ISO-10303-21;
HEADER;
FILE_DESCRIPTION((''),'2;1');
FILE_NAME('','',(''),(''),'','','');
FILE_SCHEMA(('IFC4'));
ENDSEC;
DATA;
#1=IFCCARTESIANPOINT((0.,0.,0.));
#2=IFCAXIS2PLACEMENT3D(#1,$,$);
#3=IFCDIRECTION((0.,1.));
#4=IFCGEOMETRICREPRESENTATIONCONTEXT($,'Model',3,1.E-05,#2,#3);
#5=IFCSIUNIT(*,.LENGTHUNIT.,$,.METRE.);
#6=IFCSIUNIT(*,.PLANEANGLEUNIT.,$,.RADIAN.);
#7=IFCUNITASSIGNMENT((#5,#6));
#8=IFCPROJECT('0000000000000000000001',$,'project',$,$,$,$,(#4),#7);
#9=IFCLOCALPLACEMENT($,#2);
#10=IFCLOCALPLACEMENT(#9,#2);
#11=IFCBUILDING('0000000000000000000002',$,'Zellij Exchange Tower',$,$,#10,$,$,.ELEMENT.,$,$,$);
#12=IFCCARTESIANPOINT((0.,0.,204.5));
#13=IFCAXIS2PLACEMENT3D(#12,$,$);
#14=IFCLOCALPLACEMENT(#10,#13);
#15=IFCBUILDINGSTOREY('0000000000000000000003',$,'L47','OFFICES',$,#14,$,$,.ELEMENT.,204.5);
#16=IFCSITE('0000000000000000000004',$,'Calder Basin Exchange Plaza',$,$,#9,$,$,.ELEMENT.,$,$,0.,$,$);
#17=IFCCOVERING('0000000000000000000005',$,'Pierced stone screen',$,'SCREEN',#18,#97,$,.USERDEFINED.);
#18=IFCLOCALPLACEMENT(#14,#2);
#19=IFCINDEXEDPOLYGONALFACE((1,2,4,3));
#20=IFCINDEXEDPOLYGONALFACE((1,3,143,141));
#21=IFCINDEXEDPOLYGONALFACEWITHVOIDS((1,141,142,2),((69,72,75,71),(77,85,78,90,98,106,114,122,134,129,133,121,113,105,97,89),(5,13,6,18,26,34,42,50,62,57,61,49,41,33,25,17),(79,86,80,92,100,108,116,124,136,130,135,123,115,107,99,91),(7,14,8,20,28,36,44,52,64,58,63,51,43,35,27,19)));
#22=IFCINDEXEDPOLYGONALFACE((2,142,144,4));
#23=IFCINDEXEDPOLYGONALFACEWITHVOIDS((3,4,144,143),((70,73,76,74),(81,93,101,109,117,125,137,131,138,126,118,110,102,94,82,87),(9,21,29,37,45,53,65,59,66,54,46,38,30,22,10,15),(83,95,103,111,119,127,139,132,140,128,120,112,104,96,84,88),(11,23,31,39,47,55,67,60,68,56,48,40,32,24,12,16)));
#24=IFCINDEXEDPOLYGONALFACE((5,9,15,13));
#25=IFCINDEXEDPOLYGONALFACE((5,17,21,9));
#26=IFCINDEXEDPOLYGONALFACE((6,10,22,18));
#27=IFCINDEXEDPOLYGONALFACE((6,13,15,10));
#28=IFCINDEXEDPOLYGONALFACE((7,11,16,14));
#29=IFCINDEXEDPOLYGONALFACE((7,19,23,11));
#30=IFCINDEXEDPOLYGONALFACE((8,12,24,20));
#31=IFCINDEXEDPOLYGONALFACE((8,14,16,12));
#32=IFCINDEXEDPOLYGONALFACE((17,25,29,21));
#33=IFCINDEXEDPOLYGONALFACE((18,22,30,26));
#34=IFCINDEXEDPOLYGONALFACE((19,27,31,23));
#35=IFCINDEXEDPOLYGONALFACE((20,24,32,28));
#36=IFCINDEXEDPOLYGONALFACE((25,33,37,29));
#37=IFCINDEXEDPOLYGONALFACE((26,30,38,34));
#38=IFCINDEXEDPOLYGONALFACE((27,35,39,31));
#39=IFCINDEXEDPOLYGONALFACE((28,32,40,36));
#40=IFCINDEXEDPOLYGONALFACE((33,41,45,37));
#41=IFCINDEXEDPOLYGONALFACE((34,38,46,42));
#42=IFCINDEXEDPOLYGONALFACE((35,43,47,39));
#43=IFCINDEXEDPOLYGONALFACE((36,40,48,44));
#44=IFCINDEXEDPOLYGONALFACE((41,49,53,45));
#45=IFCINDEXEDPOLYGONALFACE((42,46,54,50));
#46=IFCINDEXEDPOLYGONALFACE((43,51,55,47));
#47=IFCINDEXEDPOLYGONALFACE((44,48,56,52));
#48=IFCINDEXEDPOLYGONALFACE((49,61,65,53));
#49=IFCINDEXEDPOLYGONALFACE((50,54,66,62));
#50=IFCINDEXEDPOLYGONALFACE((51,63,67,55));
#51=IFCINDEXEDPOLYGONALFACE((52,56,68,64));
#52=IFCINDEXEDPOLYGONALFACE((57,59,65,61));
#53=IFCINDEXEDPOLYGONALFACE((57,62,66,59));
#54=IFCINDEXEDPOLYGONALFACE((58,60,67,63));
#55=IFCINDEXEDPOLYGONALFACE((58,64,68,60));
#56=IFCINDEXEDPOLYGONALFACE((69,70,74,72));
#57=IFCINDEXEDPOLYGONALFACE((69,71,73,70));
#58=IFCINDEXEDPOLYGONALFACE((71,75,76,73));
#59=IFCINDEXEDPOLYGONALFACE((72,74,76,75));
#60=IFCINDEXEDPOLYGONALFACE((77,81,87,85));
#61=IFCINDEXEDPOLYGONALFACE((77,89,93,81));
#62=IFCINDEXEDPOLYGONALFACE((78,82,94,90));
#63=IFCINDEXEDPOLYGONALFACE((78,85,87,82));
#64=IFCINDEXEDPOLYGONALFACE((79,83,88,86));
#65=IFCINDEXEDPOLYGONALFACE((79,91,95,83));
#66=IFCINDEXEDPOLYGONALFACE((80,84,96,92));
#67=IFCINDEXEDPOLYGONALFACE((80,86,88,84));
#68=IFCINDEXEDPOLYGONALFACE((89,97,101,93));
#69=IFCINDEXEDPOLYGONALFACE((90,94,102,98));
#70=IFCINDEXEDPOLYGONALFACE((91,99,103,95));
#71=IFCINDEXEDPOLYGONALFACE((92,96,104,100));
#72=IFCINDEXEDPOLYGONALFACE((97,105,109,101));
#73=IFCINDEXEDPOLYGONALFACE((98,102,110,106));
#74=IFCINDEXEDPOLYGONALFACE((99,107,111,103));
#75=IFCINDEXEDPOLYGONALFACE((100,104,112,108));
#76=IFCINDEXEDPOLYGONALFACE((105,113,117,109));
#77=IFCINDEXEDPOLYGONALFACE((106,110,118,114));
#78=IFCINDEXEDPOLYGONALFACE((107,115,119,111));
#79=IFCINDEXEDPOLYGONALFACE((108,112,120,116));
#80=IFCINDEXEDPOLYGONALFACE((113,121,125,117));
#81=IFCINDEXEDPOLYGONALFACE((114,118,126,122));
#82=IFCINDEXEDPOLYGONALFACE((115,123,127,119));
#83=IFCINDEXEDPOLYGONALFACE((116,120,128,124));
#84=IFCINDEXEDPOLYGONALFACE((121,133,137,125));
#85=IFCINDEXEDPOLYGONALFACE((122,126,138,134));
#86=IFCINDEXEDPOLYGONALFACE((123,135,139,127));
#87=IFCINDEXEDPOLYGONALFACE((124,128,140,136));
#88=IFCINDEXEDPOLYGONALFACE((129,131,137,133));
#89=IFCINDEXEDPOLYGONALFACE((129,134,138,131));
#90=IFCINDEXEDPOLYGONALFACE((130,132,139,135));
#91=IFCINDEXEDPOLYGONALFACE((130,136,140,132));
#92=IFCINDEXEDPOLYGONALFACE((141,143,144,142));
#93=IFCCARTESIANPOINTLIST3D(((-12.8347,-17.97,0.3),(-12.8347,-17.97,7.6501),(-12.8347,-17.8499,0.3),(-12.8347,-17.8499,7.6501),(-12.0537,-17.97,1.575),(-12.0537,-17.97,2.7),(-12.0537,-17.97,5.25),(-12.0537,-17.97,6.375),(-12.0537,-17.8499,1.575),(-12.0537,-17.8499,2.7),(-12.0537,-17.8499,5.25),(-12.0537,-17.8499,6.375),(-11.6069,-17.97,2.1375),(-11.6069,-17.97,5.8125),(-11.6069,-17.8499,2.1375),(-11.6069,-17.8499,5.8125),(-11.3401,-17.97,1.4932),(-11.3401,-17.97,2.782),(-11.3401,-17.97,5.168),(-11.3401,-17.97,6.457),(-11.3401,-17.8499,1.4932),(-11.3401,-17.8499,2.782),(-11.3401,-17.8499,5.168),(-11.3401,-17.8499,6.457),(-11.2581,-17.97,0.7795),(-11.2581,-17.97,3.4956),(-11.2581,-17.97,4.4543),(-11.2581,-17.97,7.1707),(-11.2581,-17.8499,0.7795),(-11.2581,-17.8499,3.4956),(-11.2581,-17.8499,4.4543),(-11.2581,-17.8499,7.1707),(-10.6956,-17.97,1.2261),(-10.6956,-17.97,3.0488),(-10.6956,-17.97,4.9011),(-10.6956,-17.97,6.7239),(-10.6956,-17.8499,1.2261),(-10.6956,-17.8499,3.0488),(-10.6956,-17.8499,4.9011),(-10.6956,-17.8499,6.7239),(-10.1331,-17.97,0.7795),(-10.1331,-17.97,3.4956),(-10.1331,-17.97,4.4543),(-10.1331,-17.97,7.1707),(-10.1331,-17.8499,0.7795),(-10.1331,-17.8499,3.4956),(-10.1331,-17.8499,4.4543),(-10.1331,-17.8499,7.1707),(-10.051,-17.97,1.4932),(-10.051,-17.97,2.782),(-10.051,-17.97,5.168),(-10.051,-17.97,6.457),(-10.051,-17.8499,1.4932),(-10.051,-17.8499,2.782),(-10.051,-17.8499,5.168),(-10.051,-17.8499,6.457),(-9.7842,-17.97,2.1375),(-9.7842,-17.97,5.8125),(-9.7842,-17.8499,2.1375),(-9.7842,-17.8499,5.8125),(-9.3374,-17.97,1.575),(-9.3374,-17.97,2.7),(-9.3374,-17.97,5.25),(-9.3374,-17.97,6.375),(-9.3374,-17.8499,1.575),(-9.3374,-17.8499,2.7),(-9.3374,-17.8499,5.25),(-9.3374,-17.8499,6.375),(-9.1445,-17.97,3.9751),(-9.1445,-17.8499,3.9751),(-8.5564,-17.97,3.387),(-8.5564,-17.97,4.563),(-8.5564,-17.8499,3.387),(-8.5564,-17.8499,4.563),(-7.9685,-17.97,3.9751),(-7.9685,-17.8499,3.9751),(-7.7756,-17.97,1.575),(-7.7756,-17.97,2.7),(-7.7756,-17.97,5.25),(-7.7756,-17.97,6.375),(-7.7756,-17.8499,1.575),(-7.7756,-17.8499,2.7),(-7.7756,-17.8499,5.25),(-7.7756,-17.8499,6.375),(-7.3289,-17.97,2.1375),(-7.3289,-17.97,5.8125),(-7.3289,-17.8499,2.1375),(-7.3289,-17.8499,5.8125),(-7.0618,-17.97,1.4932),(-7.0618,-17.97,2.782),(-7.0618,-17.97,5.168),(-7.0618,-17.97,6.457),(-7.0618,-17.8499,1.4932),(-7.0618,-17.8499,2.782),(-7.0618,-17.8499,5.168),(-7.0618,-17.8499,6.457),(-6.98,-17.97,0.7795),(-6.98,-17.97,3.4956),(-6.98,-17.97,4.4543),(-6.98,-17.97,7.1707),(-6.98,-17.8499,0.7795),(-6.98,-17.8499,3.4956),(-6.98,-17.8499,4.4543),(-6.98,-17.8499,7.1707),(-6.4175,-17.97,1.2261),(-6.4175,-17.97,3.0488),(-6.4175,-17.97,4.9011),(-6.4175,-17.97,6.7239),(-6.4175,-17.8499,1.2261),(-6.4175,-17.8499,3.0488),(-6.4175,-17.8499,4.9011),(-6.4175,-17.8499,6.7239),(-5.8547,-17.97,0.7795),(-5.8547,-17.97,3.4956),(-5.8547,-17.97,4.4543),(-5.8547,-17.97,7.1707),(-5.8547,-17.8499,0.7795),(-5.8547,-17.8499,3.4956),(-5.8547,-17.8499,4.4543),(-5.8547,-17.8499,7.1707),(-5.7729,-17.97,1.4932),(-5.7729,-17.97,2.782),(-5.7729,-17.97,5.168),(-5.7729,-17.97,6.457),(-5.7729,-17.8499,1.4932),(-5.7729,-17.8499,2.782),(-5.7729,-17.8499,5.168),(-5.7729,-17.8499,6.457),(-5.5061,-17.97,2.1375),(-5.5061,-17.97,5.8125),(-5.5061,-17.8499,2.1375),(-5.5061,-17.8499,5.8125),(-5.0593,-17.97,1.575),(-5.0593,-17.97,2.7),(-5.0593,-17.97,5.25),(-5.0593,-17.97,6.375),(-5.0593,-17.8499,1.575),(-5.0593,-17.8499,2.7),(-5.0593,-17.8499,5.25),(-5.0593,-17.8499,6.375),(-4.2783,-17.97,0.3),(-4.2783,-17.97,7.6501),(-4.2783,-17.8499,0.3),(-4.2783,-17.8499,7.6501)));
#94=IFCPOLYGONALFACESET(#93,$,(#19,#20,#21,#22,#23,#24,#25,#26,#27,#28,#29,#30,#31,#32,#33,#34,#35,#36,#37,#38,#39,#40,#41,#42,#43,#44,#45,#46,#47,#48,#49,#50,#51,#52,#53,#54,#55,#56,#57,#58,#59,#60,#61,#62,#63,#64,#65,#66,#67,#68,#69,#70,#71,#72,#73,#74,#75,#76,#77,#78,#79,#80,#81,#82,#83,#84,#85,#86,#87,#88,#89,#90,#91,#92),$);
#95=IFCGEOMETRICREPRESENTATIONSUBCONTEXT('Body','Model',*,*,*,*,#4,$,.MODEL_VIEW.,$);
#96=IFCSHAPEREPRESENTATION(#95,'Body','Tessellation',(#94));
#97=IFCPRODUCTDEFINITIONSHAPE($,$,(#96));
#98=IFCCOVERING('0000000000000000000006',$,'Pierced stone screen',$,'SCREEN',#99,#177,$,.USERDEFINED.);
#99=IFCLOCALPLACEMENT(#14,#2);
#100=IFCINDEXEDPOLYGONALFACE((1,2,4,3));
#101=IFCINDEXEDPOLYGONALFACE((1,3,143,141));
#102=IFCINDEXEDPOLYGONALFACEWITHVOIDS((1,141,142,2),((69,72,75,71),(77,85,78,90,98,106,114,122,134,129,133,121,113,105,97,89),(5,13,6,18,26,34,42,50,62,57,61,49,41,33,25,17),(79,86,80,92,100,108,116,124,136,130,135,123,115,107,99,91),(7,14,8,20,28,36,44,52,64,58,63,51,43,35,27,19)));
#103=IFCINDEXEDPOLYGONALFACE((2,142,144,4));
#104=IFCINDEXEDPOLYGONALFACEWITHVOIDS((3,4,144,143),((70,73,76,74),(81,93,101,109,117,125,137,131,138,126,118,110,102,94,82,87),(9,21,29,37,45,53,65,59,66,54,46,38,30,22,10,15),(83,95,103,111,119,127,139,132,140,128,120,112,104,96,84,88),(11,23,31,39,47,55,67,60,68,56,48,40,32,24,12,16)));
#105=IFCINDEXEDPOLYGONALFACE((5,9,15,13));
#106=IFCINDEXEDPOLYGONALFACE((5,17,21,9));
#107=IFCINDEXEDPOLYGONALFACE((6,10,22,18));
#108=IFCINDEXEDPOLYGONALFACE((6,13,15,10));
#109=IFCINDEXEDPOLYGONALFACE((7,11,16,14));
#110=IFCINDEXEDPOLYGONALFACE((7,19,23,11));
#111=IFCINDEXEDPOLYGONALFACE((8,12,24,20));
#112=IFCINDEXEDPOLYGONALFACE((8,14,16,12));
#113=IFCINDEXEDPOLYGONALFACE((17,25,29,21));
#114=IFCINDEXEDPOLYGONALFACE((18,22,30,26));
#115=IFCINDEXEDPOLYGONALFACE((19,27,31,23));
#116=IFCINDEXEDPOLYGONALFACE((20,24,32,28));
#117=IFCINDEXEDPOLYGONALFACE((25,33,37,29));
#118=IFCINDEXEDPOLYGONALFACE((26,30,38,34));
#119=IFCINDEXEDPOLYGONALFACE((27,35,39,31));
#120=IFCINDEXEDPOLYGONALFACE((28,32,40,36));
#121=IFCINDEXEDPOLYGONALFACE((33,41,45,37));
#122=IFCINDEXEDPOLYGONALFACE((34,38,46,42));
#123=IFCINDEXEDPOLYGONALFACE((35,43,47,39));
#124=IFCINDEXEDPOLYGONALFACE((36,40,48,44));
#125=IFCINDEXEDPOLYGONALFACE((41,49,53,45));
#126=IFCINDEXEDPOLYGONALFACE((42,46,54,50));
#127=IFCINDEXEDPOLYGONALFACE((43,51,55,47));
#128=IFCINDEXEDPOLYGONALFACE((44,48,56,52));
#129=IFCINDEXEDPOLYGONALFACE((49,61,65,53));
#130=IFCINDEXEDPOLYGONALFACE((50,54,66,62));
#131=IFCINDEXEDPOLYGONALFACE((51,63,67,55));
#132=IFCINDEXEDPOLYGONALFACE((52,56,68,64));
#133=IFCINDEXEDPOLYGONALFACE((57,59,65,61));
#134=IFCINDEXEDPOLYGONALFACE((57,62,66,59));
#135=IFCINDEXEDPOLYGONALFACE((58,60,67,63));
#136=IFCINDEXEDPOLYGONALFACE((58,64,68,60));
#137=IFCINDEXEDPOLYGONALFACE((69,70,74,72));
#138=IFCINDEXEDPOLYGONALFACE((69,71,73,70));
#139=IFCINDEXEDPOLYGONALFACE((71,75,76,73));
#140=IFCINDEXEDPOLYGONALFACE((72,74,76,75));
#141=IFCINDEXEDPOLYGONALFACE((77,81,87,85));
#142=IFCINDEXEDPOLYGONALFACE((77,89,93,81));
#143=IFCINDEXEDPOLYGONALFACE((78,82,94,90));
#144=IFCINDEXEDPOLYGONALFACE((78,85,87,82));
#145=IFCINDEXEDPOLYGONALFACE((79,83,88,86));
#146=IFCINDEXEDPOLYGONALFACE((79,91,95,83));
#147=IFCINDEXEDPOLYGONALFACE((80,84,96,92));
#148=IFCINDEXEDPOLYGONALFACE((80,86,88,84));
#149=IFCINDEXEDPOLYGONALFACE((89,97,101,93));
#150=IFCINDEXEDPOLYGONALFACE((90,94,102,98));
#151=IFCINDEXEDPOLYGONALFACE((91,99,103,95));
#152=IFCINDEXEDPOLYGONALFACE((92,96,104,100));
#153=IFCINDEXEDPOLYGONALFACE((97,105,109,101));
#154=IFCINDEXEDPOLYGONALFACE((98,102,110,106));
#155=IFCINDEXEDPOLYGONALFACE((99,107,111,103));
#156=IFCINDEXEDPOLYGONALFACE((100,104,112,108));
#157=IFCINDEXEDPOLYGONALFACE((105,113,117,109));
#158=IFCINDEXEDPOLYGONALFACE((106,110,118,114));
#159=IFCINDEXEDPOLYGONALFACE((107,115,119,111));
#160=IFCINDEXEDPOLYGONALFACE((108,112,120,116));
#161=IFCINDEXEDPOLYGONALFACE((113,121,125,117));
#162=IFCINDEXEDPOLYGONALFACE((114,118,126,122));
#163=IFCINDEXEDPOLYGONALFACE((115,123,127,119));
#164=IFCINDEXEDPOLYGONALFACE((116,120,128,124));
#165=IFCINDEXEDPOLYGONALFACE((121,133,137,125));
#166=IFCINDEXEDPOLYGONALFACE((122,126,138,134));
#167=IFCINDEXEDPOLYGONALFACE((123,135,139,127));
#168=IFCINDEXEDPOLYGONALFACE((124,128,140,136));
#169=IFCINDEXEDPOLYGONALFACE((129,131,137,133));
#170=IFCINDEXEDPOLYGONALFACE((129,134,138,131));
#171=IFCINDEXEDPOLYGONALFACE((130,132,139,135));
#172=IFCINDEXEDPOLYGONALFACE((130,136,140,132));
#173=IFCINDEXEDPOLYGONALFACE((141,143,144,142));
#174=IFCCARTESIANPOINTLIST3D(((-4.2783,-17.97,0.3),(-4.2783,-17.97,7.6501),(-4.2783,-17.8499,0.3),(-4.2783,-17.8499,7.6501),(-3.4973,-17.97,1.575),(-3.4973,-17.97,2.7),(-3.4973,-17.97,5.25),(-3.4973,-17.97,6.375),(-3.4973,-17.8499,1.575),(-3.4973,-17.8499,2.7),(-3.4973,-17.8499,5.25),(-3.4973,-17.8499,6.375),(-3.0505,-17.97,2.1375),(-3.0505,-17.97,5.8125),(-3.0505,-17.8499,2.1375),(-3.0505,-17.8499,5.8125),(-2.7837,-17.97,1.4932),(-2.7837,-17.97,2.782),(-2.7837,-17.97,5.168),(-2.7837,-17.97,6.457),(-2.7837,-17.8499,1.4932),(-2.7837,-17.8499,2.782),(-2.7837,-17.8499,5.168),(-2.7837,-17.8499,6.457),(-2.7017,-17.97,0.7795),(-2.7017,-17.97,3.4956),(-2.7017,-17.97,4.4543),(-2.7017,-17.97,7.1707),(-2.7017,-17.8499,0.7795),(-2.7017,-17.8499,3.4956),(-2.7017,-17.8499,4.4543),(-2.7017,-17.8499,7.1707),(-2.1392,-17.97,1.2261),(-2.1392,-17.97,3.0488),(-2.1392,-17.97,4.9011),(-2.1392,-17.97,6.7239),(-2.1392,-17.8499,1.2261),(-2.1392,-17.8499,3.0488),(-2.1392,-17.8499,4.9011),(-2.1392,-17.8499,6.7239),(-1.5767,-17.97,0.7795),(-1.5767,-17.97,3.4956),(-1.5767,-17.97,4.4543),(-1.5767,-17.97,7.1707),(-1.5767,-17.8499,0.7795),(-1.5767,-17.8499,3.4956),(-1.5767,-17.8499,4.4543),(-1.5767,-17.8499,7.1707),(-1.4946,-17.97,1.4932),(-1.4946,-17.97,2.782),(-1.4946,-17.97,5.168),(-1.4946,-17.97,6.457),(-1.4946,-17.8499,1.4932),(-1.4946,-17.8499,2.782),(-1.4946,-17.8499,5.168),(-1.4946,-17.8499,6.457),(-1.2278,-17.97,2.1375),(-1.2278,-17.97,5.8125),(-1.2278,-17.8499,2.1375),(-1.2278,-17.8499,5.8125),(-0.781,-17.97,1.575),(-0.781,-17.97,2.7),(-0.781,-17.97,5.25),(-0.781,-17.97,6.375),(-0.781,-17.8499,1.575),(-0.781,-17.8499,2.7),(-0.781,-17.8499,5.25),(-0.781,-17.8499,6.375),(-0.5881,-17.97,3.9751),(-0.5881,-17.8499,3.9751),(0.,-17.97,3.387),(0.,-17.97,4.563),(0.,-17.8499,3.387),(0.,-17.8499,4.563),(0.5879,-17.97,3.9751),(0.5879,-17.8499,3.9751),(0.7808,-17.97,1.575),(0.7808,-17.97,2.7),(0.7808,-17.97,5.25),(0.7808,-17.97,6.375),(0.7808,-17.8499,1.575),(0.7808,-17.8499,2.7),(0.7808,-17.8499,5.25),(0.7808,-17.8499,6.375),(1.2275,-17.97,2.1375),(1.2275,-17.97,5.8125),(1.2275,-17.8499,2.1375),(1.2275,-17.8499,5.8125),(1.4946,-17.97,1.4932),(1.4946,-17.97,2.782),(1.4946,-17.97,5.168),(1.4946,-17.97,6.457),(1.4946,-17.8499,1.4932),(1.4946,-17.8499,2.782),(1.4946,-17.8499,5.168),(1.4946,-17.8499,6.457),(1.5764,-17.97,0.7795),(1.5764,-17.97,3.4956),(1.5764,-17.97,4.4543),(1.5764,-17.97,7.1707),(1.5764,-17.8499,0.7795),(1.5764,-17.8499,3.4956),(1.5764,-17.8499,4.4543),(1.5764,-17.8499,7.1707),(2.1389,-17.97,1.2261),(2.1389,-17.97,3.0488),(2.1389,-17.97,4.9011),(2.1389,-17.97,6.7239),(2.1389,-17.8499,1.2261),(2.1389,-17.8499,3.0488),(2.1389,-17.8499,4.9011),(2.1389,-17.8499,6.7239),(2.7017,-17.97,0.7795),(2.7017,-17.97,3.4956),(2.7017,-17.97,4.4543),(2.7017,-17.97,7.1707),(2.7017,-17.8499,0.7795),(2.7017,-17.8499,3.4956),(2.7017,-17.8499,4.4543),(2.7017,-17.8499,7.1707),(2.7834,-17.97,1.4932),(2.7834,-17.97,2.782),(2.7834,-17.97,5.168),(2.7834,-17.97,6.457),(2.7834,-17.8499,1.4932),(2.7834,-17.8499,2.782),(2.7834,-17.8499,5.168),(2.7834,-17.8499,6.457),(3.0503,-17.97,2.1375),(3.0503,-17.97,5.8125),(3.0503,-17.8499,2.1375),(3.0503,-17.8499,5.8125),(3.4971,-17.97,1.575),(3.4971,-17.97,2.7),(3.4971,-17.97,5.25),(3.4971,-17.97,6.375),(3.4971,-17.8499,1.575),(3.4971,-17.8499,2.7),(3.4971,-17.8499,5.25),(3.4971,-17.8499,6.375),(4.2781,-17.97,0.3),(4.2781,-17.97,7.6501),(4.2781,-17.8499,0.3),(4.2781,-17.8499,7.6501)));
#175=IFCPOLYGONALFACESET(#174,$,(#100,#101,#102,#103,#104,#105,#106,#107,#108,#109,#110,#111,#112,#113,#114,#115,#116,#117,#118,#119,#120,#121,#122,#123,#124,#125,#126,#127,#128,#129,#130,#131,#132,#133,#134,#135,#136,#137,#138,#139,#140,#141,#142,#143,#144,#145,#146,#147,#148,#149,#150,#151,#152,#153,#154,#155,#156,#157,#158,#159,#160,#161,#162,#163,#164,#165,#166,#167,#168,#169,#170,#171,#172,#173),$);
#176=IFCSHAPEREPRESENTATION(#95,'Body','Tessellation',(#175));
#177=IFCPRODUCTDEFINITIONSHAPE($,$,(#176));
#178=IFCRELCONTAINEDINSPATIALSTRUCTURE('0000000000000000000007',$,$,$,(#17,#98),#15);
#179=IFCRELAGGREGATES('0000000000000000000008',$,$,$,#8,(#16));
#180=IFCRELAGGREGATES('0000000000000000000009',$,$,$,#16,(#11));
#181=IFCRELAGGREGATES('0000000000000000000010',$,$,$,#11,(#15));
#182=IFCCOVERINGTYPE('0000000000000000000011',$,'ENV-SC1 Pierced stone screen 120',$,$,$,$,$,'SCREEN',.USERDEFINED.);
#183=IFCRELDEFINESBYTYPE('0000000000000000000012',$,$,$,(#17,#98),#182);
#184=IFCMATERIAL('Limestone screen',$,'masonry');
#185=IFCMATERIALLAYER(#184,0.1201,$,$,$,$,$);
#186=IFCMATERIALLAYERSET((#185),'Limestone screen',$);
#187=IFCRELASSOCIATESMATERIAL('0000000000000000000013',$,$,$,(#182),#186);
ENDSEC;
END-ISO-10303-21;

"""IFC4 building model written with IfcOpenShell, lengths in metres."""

from ifc_helpers import new_model, si_unit, direction, frame, origin, place, context, subcontext, project, spatial, polyline, outline, extrude, material, layer, layer_set, type_object, element, save


model = new_model("IFC4")

# Units and contexts
model_context = context("Model", 3, precision=1e-05, world=origin(), true_north=direction((0.0, 1.0)))
body_context = subcontext(model_context, "Body", "Model", "MODEL_VIEW")
ifc_project = project(units=[si_unit("LENGTHUNIT", "METRE"), si_unit("PLANEANGLEUNIT", "RADIAN")], contexts=[model_context])

# Site, building, storey
site_placement = place(None, origin())
site = spatial("IfcSite", under=ifc_project, at=site_placement, Name="Calder Basin Exchange Plaza", CompositionType="ELEMENT", RefElevation=0.0)
building_placement = place(site_placement, origin())
building = spatial("IfcBuilding", under=site, at=building_placement, Name="Zellij Exchange Tower", CompositionType="ELEMENT")
storey_placement = place(building_placement, frame((0.0, 0.0, 204.5)))
storey = spatial("IfcBuildingStorey", under=building, at=storey_placement, Name="L47", Description="OFFICES", CompositionType="ELEMENT", Elevation=204.5)

# Coverings
ifc_material_1 = material(Name="Limestone screen", Category="masonry")
ifc_layer_1 = layer(ifc_material_1, 0.1201)
ifc_layer_set_1 = layer_set([ifc_layer_1], Name="Limestone screen")
covering_type = type_object("IfcCoveringType", Name="ENV-SC1 Pierced stone screen 120", ElementType="SCREEN", PredefinedType="USERDEFINED", material=ifc_layer_set_1)
covering_1_placement = place(storey_placement, frame((-12.8347, -17.9099, 0.3), z_axis=(0.0, 0.0, 1.0), x_axis=(1.0, 0.0, 0.0)))
element("IfcCovering", 1, at=covering_1_placement, inside=storey, type_object=covering_type, Name="Pierced stone screen", ObjectType="SCREEN", PredefinedType="USERDEFINED", context=body_context, shape_type="SweptSolid", body=[
    extrude(outline(polyline([(0.0, 0.0), (8.5564, 0.0), (8.5564, 7.3501), (0.0, 7.3501), (0.0, 0.0)]), holes=[polyline([(3.4973, 2.3999), (2.7837, 2.4819), (2.7017, 3.1956), (2.1392, 2.7488), (1.5767, 3.1956), (1.4946, 2.4819), (0.781, 2.3999), (1.2278, 1.8374), (0.781, 1.2749), (1.4946, 1.1931), (1.5767, 0.4795), (2.1392, 0.926), (2.7017, 0.4795), (2.7837, 1.1931), (3.4973, 1.2749), (3.0505, 1.8374), (3.4973, 2.3999)]), polyline([(3.4973, 6.075), (2.7837, 6.157), (2.7017, 6.8706), (2.1392, 6.4238), (1.5767, 6.8706), (1.4946, 6.157), (0.781, 6.075), (1.2278, 5.5125), (0.781, 4.95), (1.4946, 4.8679), (1.5767, 4.1543), (2.1392, 4.6011), (2.7017, 4.1543), (2.7837, 4.8679), (3.4973, 4.95), (3.0505, 5.5125), (3.4973, 6.075)]), polyline([(7.7754, 2.3999), (7.0618, 2.4819), (6.98, 3.1956), (6.4172, 2.7488), (5.8547, 3.1956), (5.7729, 2.4819), (5.0591, 2.3999), (5.5059, 1.8374), (5.0591, 1.2749), (5.7729, 1.1931), (5.8547, 0.4795), (6.4172, 0.926), (6.98, 0.4795), (7.0618, 1.1931), (7.7754, 1.2749), (7.3286, 1.8374), (7.7754, 2.3999)]), polyline([(7.7754, 6.075), (7.0618, 6.157), (6.98, 6.8706), (6.4172, 6.4238), (5.8547, 6.8706), (5.7729, 6.157), (5.0591, 6.075), (5.5059, 5.5125), (5.0591, 4.95), (5.7729, 4.8679), (5.8547, 4.1543), (6.4172, 4.6011), (6.98, 4.1543), (7.0618, 4.8679), (7.7754, 4.95), (7.3286, 5.5125), (7.7754, 6.075)]), polyline([(4.8662, 3.675), (4.2783, 4.2629), (3.6902, 3.675), (4.2783, 3.0869), (4.8662, 3.675)])]), frame((0.0, 0.0601, 0.0), z_axis=(0.0, -1.0, 0.0), x_axis=(1.0, 0.0, 0.0)), (0.0, 0.0, 1.0), 0.1201),
])
covering_2_placement = place(storey_placement, frame((-4.2783, -17.9099, 0.3), z_axis=(0.0, 0.0, 1.0), x_axis=(1.0, 0.0, 0.0)))
element("IfcCovering", 2, at=covering_2_placement, inside=storey, type_object=covering_type, Name="Pierced stone screen", ObjectType="SCREEN", PredefinedType="USERDEFINED", context=body_context, shape_type="SweptSolid", body=[
    extrude(outline(polyline([(0.0, 0.0), (8.5564, 0.0), (8.5564, 7.3501), (0.0, 7.3501), (0.0, 0.0)]), holes=[polyline([(3.4973, 2.3999), (2.7837, 2.4819), (2.7017, 3.1956), (2.1392, 2.7488), (1.5767, 3.1956), (1.4946, 2.4819), (0.781, 2.3999), (1.2278, 1.8374), (0.781, 1.2749), (1.4946, 1.1931), (1.5767, 0.4795), (2.1392, 0.926), (2.7017, 0.4795), (2.7837, 1.1931), (3.4973, 1.2749), (3.0505, 1.8374), (3.4973, 2.3999)]), polyline([(3.4973, 6.075), (2.7837, 6.157), (2.7017, 6.8706), (2.1392, 6.4238), (1.5767, 6.8706), (1.4946, 6.157), (0.781, 6.075), (1.2278, 5.5125), (0.781, 4.95), (1.4946, 4.8679), (1.5767, 4.1543), (2.1392, 4.6011), (2.7017, 4.1543), (2.7837, 4.8679), (3.4973, 4.95), (3.0505, 5.5125), (3.4973, 6.075)]), polyline([(7.7754, 2.3999), (7.0618, 2.4819), (6.98, 3.1956), (6.4172, 2.7488), (5.8547, 3.1956), (5.7729, 2.4819), (5.0591, 2.3999), (5.5059, 1.8374), (5.0591, 1.2749), (5.7729, 1.1931), (5.8547, 0.4795), (6.4172, 0.926), (6.98, 0.4795), (7.0618, 1.1931), (7.7754, 1.2749), (7.3286, 1.8374), (7.7754, 2.3999)]), polyline([(7.7754, 6.075), (7.0618, 6.157), (6.98, 6.8706), (6.4172, 6.4238), (5.8547, 6.8706), (5.7729, 6.157), (5.0591, 6.075), (5.5059, 5.5125), (5.0591, 4.95), (5.7729, 4.8679), (5.8547, 4.1543), (6.4172, 4.6011), (6.98, 4.1543), (7.0618, 4.8679), (7.7754, 4.95), (7.3286, 5.5125), (7.7754, 6.075)]), polyline([(4.8662, 3.675), (4.2783, 4.2629), (3.6902, 3.675), (4.2783, 3.0869), (4.8662, 3.675)])]), frame((0.0, 0.0601, 0.0), z_axis=(0.0, -1.0, 0.0), x_axis=(1.0, 0.0, 0.0)), (0.0, 0.0, 1.0), 0.1201),
])

save(model, "model.ifc")
